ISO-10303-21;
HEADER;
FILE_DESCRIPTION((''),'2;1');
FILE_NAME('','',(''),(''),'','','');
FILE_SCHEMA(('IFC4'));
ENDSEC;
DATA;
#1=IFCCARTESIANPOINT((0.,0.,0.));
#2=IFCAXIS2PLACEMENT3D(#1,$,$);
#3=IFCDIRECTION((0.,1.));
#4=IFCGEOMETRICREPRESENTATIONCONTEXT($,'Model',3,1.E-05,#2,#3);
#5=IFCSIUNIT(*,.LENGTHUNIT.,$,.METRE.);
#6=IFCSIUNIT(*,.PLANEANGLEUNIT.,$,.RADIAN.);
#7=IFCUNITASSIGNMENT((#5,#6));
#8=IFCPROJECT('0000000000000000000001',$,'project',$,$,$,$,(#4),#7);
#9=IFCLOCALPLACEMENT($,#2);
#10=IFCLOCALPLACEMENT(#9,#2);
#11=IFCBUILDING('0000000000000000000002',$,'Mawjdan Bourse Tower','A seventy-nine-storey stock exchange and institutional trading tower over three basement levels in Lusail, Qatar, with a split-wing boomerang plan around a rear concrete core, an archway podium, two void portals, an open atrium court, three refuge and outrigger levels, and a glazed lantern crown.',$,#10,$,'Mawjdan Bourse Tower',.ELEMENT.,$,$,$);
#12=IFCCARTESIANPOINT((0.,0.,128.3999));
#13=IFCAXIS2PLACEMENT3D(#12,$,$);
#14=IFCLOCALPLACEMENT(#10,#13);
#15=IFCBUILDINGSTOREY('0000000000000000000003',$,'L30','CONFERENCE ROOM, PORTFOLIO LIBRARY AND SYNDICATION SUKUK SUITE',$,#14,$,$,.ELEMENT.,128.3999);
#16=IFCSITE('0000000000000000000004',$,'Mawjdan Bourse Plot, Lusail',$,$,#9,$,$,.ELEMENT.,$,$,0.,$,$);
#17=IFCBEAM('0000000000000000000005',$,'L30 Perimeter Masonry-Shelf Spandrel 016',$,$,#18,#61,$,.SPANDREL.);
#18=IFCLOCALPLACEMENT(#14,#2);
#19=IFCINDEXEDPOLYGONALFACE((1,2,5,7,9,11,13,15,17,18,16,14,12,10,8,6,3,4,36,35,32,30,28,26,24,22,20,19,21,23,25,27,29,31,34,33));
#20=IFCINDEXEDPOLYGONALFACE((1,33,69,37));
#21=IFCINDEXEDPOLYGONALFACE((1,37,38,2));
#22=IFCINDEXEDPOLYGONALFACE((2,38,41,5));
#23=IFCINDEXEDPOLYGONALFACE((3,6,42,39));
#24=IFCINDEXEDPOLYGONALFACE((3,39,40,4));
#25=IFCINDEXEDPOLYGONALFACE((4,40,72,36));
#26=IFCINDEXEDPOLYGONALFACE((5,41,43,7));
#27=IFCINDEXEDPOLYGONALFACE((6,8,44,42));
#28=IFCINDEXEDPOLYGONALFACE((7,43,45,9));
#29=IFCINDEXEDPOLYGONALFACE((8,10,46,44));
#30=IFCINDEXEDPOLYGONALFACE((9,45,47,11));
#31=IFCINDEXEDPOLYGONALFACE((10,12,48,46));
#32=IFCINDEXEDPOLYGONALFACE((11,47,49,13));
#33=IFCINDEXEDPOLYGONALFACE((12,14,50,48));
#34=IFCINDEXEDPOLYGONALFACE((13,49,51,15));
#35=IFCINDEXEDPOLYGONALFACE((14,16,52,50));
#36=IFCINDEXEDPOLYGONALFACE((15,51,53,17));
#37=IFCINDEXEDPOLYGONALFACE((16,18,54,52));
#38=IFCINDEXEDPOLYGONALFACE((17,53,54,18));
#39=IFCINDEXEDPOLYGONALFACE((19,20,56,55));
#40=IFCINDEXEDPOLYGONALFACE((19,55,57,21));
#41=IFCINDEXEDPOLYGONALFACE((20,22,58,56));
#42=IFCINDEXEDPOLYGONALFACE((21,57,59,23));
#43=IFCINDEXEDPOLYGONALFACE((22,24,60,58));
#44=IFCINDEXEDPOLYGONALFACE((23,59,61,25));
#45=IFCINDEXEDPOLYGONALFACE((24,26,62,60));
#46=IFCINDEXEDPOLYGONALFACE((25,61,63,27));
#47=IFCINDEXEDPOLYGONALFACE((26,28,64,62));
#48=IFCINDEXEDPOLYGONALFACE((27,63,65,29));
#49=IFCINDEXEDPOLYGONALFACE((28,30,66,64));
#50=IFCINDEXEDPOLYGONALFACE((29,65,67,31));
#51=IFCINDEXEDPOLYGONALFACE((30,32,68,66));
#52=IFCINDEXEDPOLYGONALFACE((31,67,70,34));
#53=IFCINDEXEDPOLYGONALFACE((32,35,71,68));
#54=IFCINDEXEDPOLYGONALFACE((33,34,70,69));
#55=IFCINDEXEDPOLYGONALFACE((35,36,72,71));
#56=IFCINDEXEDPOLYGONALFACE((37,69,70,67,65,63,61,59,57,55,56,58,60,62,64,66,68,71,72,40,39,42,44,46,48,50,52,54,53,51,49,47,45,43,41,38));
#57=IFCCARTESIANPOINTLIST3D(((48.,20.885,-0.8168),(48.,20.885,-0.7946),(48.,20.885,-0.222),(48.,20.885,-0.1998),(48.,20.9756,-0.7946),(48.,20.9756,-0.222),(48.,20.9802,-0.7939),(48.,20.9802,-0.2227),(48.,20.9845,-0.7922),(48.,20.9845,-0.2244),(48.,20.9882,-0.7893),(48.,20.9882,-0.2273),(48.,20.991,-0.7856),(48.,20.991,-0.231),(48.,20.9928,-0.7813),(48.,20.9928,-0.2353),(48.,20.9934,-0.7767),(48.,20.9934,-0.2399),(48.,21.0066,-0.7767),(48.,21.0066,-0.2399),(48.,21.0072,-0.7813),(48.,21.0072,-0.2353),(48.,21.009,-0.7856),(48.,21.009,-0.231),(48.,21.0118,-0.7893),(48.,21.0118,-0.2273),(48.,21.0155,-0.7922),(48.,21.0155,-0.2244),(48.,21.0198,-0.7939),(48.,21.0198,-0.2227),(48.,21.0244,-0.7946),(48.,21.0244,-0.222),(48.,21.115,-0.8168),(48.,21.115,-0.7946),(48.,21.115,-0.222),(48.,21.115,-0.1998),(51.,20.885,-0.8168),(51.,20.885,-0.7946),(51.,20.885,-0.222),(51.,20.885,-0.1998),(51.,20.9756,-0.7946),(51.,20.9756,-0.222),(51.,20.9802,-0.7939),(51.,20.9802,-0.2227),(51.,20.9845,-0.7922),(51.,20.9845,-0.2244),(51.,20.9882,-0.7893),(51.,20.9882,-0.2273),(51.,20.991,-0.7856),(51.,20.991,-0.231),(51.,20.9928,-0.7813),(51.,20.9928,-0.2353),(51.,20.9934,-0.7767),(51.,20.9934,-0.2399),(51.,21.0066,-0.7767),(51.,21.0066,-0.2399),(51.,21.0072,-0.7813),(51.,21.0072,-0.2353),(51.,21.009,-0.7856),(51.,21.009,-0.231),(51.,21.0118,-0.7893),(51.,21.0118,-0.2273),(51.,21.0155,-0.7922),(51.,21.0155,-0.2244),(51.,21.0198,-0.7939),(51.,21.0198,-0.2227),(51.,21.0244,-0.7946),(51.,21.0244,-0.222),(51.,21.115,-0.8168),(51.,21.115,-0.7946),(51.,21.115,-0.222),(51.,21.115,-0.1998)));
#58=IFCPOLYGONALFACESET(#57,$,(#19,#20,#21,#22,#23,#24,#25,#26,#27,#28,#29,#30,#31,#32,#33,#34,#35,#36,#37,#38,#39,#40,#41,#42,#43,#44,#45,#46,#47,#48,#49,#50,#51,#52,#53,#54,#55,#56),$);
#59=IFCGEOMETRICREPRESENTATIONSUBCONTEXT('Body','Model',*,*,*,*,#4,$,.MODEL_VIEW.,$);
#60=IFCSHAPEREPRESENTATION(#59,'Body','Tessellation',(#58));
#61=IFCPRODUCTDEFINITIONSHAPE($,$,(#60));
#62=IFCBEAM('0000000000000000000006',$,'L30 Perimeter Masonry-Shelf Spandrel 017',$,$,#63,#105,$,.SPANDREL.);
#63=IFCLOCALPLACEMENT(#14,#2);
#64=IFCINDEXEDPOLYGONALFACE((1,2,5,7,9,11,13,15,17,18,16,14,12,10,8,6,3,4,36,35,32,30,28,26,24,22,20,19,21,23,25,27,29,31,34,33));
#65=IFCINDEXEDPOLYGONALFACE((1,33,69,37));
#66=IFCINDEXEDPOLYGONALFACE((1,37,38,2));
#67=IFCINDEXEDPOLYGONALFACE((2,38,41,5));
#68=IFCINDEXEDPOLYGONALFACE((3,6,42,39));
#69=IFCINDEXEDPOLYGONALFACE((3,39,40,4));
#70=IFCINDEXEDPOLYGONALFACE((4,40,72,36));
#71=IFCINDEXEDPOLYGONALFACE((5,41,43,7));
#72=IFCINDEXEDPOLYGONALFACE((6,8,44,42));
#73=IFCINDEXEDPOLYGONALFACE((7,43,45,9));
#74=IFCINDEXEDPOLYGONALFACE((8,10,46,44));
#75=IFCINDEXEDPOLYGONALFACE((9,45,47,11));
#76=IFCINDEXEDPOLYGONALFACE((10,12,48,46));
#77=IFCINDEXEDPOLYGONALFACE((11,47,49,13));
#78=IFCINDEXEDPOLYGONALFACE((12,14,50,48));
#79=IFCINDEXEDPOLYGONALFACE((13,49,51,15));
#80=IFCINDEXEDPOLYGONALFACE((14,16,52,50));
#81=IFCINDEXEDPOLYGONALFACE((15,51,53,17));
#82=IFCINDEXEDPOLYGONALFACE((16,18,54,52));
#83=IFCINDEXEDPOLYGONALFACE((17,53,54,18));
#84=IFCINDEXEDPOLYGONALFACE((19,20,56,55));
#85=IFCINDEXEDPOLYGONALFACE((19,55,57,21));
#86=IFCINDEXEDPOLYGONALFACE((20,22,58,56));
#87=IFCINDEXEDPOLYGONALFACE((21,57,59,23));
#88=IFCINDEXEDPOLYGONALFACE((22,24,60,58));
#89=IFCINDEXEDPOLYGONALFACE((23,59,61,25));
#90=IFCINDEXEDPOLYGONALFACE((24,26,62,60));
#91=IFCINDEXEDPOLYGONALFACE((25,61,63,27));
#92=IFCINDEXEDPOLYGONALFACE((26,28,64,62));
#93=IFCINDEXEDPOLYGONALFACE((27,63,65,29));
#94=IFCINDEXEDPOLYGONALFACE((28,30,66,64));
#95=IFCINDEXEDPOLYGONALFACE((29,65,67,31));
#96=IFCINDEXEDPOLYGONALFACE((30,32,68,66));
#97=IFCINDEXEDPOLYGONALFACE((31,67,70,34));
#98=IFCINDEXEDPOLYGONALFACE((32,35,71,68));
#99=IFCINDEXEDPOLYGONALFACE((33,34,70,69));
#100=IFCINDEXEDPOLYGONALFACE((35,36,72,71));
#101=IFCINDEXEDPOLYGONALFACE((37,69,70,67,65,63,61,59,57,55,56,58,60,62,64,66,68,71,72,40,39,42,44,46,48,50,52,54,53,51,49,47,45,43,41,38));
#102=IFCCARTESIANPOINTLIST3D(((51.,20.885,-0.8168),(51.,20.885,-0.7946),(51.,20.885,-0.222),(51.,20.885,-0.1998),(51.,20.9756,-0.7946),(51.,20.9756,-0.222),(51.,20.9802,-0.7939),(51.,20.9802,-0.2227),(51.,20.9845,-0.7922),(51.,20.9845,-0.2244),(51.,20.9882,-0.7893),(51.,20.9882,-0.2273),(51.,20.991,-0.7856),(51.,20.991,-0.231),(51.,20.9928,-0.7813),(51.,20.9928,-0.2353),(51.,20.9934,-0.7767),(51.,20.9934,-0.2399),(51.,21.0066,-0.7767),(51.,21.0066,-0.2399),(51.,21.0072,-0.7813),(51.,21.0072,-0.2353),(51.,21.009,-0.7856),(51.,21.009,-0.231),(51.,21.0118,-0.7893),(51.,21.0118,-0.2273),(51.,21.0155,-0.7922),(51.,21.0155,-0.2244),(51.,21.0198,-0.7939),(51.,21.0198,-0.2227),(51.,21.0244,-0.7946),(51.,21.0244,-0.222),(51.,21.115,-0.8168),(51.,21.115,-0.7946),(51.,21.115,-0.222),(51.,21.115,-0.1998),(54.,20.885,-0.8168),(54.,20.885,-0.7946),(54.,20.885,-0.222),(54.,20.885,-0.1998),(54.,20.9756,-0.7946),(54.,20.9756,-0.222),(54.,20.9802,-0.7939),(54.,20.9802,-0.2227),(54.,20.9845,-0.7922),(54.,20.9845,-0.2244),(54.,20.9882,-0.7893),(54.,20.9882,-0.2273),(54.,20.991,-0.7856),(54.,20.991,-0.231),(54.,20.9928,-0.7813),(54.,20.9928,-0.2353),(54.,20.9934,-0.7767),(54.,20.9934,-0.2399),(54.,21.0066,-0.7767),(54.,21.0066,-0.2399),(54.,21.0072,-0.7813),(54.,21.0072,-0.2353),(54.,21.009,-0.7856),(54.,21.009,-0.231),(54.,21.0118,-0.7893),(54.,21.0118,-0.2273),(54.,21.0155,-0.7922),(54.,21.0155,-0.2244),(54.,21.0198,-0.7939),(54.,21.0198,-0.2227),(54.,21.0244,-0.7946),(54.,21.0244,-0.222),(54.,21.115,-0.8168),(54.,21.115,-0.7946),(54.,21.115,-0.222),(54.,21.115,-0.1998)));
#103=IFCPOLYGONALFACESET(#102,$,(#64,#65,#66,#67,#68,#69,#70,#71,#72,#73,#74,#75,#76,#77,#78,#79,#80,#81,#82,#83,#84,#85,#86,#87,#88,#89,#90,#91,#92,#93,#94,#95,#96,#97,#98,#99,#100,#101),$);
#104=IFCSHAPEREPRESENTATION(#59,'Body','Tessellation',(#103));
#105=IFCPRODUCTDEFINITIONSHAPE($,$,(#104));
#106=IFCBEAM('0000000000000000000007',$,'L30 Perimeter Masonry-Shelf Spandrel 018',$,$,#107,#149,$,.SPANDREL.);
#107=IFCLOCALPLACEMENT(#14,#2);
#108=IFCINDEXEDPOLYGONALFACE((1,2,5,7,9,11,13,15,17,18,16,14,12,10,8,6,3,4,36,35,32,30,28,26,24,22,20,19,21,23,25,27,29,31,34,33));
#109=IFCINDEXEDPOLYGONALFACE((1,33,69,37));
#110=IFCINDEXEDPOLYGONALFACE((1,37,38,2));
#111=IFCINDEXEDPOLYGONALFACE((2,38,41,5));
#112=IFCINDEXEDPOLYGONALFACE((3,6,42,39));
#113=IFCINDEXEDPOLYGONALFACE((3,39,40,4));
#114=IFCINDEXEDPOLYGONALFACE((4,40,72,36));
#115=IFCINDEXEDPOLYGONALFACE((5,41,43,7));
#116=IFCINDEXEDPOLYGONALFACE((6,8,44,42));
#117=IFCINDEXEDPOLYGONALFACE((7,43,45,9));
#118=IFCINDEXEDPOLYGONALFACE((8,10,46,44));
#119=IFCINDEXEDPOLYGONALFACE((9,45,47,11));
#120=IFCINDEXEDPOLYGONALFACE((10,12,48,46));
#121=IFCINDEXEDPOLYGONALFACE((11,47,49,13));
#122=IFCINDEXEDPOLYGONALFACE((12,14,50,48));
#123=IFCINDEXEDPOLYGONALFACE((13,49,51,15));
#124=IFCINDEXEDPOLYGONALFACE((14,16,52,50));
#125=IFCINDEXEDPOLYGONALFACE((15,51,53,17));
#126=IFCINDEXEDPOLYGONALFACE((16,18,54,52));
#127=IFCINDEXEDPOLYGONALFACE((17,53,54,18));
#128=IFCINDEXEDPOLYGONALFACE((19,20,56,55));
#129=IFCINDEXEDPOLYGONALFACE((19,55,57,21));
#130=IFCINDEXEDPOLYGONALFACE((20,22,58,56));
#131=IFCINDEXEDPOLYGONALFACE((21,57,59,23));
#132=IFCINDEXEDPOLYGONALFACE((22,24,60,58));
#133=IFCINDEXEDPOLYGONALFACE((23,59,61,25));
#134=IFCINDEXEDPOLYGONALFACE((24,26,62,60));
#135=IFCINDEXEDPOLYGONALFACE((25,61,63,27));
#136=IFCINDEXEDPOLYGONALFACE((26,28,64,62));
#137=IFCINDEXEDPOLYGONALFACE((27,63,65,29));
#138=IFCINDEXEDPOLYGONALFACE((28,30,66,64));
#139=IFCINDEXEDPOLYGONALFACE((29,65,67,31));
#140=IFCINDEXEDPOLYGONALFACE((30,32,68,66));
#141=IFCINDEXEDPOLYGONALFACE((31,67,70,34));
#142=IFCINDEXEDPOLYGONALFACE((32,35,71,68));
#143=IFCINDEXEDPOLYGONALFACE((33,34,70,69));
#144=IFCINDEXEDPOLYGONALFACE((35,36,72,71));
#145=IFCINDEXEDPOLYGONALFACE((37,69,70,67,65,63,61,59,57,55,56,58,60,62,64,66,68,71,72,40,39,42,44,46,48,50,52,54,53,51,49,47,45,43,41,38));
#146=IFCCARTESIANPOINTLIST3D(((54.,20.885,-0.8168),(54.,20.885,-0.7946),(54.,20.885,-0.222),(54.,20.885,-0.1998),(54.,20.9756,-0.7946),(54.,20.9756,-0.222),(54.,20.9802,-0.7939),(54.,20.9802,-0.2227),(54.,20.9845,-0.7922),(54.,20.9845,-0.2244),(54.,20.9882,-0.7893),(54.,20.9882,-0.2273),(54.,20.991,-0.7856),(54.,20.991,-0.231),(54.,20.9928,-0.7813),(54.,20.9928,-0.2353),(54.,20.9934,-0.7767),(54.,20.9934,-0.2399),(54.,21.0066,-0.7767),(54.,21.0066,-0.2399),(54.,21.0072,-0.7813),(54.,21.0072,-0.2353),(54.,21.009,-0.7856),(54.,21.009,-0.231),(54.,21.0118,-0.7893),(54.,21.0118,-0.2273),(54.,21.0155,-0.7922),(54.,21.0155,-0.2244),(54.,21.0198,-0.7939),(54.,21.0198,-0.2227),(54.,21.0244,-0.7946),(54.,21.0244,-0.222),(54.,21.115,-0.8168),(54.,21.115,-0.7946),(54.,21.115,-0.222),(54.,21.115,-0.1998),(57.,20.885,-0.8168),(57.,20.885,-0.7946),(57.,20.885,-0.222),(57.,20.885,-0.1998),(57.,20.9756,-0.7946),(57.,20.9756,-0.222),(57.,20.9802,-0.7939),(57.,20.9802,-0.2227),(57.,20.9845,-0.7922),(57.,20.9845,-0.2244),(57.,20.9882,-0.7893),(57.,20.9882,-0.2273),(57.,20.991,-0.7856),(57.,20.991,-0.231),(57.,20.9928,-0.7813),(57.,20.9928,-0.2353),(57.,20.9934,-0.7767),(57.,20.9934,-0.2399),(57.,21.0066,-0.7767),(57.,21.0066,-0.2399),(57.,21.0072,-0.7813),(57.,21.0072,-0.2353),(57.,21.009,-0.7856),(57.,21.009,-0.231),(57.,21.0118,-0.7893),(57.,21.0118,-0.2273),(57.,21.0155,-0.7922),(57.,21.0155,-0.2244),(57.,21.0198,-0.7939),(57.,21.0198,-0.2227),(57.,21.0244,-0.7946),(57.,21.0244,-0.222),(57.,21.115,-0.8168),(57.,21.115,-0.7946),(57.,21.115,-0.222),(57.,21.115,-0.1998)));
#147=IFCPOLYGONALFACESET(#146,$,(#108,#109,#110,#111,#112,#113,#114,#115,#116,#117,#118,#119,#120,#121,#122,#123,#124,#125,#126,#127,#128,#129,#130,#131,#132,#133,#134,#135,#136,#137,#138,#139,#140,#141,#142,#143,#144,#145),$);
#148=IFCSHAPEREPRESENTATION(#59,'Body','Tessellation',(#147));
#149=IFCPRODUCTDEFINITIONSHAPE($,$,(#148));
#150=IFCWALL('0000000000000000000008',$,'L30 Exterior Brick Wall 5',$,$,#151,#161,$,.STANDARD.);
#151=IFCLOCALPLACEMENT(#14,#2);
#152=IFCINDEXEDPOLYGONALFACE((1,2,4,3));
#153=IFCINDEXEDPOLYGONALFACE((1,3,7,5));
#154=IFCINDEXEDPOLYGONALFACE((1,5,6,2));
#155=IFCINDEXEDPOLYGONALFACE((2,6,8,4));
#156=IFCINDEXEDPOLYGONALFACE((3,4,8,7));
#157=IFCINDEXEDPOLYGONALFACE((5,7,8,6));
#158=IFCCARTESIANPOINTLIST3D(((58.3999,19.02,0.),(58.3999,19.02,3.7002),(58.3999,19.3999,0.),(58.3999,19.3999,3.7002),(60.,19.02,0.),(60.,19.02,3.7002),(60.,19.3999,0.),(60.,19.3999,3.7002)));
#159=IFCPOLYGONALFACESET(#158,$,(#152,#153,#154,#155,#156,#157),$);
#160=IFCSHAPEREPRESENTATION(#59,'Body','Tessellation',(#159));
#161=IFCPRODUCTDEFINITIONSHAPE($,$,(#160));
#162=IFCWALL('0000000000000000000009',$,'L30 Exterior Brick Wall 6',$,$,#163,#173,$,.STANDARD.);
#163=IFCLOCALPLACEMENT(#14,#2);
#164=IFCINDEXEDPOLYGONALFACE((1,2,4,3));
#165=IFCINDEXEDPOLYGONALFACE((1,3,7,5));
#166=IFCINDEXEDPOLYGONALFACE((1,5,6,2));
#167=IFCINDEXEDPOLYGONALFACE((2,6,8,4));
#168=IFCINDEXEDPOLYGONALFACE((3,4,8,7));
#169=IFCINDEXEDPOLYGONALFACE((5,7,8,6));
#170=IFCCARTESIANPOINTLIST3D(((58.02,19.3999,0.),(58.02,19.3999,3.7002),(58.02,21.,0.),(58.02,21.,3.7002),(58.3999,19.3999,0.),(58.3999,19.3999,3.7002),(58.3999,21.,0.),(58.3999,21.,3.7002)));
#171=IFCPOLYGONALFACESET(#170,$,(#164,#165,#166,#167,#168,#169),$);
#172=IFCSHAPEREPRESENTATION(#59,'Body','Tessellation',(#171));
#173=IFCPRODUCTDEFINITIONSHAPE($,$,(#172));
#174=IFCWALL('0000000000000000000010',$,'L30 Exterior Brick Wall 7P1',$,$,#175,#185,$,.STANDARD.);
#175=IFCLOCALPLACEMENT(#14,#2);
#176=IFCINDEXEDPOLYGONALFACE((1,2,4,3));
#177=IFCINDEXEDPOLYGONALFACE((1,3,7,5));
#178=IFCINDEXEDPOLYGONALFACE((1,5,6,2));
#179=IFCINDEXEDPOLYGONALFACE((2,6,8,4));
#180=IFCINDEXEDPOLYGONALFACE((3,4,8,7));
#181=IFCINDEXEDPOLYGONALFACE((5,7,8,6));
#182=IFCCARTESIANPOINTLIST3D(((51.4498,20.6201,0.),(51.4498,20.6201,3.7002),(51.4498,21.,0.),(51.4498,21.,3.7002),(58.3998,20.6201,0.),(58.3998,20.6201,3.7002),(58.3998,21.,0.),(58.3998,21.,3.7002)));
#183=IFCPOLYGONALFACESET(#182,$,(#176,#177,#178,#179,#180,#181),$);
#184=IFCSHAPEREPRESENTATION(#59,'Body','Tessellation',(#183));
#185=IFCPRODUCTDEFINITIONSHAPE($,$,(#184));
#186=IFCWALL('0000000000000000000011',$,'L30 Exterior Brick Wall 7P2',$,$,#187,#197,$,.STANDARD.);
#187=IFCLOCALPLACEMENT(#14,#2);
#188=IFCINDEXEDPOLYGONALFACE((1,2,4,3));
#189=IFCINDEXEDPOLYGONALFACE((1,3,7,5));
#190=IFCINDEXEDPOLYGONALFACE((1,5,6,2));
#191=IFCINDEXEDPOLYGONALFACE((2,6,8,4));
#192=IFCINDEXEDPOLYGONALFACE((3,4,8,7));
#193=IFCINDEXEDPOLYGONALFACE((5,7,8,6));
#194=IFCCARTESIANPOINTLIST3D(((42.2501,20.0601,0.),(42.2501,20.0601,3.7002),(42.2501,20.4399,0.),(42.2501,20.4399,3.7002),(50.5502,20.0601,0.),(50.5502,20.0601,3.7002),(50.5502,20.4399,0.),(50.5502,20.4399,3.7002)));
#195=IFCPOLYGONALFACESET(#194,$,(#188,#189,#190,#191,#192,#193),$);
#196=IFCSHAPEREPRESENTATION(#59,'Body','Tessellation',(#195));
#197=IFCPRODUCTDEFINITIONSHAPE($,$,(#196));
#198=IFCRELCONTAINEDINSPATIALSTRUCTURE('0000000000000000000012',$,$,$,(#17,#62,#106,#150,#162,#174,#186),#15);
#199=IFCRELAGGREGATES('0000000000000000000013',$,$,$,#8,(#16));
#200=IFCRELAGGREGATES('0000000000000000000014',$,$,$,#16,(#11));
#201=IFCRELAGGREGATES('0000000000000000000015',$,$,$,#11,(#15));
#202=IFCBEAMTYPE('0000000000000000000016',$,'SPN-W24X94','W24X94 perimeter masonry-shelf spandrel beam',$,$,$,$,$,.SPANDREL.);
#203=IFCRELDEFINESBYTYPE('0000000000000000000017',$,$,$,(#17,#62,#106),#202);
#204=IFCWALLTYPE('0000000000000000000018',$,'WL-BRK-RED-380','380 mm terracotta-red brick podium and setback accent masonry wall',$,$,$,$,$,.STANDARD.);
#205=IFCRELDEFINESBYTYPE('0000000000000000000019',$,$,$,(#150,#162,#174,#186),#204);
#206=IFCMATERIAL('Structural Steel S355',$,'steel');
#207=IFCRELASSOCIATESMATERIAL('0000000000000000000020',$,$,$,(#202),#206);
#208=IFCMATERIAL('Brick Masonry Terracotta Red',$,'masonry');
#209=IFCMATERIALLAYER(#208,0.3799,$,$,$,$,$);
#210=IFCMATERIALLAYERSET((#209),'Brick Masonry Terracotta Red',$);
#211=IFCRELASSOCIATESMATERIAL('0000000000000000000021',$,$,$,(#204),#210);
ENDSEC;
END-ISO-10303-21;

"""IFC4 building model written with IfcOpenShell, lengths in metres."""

from ifc_helpers import new_model, si_unit, direction, frame, frame_2d, origin, origin_2d, place, context, subcontext, project, spatial, rectangle, i_section, extrude, material, layer, layer_set, material_profile, profile_set, type_object, element, save


model = new_model("IFC4")

# Units and contexts
model_context = context("Model", 3, precision=1e-05, world=origin(), true_north=direction((0.0, 1.0)))
body_context = subcontext(model_context, "Body", "Model", "MODEL_VIEW")
ifc_project = project(units=[si_unit("LENGTHUNIT", "METRE"), si_unit("PLANEANGLEUNIT", "RADIAN")], contexts=[model_context])

# Site, building, storey
site_placement = place(None, origin())
site = spatial("IfcSite", under=ifc_project, at=site_placement, Name="Mawjdan Bourse Plot, Lusail", CompositionType="ELEMENT", RefElevation=0.0)
building_placement = place(site_placement, origin())
building = spatial("IfcBuilding", under=site, at=building_placement, Name="Mawjdan Bourse Tower", Description="A seventy-nine-storey stock exchange and institutional trading tower over three basement levels in Lusail, Qatar, with a split-wing boomerang plan around a rear concrete core, an archway podium, two void portals, an open atrium court, three refuge and outrigger levels, and a glazed lantern crown.", LongName="Mawjdan Bourse Tower", CompositionType="ELEMENT")
storey_placement = place(building_placement, frame((0.0, 0.0, 128.3999)))
storey = spatial("IfcBuildingStorey", under=building, at=storey_placement, Name="L30", Description="CONFERENCE ROOM, PORTFOLIO LIBRARY AND SYNDICATION SUKUK SUITE", CompositionType="ELEMENT", Elevation=128.3999)

# Beams
ifc_material_1 = material(Name="Structural Steel S355", Category="steel")
ifc_material_profile_1 = material_profile(ifc_material_1, i_section(OverallWidth=0.23, OverallDepth=0.6169, WebThickness=0.0132, FlangeThickness=0.0222, FilletRadius=0.0178, at=origin_2d()), Name="W24X94")
ifc_profile_set_1 = profile_set([ifc_material_profile_1], Name="Structural Steel S355")
beam_type_1 = type_object("IfcBeamType", Name="SPN-W24X94", Description="W24X94 perimeter masonry-shelf spandrel beam", PredefinedType="SPANDREL", material=ifc_profile_set_1)
for number, where, z_axis, x_axis, name in (
    (1, (48.0, 21.0, -0.5083), (1.0, 0.0, 0.0), (0.0, 1.0, 0.0), "L30 Perimeter Masonry-Shelf Spandrel 016"),
    (2, (51.0, 21.0, -0.5083), (1.0, 0.0, 0.0), (0.0, 1.0, 0.0), "L30 Perimeter Masonry-Shelf Spandrel 017"),
    (3, (54.0, 21.0, -0.5083), (1.0, 0.0, 0.0), (0.0, 1.0, 0.0), "L30 Perimeter Masonry-Shelf Spandrel 018"),
):
    element("IfcBeam", number, at=place(storey_placement, frame(where, z_axis=z_axis, x_axis=x_axis)), inside=storey, type_object=beam_type_1, Name=name, PredefinedType="SPANDREL", context=body_context, shape_type="SweptSolid", body=[
        extrude(i_section(OverallWidth=0.23, OverallDepth=0.6169, WebThickness=0.0132, FlangeThickness=0.0222, FilletRadius=0.0178, at=origin_2d()), origin(), (0.0, 0.0, 1.0), 3.0),
    ])

# Walls
ifc_material_2 = material(Name="Brick Masonry Terracotta Red", Category="masonry")
ifc_layer_1 = layer(ifc_material_2, 0.3799)
ifc_layer_set_1 = layer_set([ifc_layer_1], Name="Brick Masonry Terracotta Red")
wall_type = type_object("IfcWallType", Name="WL-BRK-RED-380", Description="380 mm terracotta-red brick podium and setback accent masonry wall", PredefinedType="STANDARD", material=ifc_layer_set_1)
for number, where, z_axis, x_axis, name in (
    (4, (60.0, 19.21, 0.0), (0.0, 0.0, 1.0), (-1.0, 0.0, 0.0), "L30 Exterior Brick Wall 5"),
    (5, (58.21, 19.3999, 0.0), (0.0, 0.0, 1.0), (0.0, 1.0, 0.0), "L30 Exterior Brick Wall 6"),
):
    element("IfcWall", number, at=place(storey_placement, frame(where, z_axis=z_axis, x_axis=x_axis)), inside=storey, type_object=wall_type, Name=name, PredefinedType="STANDARD", context=body_context, shape_type="SweptSolid", body=[
        extrude(rectangle(XDim=1.6001, YDim=0.3799, at=frame_2d((0.8, 0.0))), origin(), (0.0, 0.0, 1.0), 3.7002),
    ])
wall_1_placement = place(storey_placement, frame((58.3999, 20.8101, 0.0), z_axis=(0.0, 0.0, 1.0), x_axis=(-1.0, 0.0, 0.0)))
element("IfcWall", 6, at=wall_1_placement, inside=storey, type_object=wall_type, Name="L30 Exterior Brick Wall 7P1", PredefinedType="STANDARD", context=body_context, shape_type="SweptSolid", body=[
    extrude(rectangle(XDim=6.95, YDim=0.3799, at=frame_2d((3.4751, 0.0))), origin(), (0.0, 0.0, 1.0), 3.7002),
])
wall_2_placement = place(storey_placement, frame((50.55, 20.25, 0.0), z_axis=(0.0, 0.0, 1.0), x_axis=(-1.0, 0.0, 0.0)))
element("IfcWall", 7, at=wall_2_placement, inside=storey, type_object=wall_type, Name="L30 Exterior Brick Wall 7P2", PredefinedType="STANDARD", context=body_context, shape_type="SweptSolid", body=[
    extrude(rectangle(XDim=8.3, YDim=0.3799, at=frame_2d((4.1499, 0.0))), origin(), (0.0, 0.0, 1.0), 3.7002),
])

save(model, "model.ifc")
